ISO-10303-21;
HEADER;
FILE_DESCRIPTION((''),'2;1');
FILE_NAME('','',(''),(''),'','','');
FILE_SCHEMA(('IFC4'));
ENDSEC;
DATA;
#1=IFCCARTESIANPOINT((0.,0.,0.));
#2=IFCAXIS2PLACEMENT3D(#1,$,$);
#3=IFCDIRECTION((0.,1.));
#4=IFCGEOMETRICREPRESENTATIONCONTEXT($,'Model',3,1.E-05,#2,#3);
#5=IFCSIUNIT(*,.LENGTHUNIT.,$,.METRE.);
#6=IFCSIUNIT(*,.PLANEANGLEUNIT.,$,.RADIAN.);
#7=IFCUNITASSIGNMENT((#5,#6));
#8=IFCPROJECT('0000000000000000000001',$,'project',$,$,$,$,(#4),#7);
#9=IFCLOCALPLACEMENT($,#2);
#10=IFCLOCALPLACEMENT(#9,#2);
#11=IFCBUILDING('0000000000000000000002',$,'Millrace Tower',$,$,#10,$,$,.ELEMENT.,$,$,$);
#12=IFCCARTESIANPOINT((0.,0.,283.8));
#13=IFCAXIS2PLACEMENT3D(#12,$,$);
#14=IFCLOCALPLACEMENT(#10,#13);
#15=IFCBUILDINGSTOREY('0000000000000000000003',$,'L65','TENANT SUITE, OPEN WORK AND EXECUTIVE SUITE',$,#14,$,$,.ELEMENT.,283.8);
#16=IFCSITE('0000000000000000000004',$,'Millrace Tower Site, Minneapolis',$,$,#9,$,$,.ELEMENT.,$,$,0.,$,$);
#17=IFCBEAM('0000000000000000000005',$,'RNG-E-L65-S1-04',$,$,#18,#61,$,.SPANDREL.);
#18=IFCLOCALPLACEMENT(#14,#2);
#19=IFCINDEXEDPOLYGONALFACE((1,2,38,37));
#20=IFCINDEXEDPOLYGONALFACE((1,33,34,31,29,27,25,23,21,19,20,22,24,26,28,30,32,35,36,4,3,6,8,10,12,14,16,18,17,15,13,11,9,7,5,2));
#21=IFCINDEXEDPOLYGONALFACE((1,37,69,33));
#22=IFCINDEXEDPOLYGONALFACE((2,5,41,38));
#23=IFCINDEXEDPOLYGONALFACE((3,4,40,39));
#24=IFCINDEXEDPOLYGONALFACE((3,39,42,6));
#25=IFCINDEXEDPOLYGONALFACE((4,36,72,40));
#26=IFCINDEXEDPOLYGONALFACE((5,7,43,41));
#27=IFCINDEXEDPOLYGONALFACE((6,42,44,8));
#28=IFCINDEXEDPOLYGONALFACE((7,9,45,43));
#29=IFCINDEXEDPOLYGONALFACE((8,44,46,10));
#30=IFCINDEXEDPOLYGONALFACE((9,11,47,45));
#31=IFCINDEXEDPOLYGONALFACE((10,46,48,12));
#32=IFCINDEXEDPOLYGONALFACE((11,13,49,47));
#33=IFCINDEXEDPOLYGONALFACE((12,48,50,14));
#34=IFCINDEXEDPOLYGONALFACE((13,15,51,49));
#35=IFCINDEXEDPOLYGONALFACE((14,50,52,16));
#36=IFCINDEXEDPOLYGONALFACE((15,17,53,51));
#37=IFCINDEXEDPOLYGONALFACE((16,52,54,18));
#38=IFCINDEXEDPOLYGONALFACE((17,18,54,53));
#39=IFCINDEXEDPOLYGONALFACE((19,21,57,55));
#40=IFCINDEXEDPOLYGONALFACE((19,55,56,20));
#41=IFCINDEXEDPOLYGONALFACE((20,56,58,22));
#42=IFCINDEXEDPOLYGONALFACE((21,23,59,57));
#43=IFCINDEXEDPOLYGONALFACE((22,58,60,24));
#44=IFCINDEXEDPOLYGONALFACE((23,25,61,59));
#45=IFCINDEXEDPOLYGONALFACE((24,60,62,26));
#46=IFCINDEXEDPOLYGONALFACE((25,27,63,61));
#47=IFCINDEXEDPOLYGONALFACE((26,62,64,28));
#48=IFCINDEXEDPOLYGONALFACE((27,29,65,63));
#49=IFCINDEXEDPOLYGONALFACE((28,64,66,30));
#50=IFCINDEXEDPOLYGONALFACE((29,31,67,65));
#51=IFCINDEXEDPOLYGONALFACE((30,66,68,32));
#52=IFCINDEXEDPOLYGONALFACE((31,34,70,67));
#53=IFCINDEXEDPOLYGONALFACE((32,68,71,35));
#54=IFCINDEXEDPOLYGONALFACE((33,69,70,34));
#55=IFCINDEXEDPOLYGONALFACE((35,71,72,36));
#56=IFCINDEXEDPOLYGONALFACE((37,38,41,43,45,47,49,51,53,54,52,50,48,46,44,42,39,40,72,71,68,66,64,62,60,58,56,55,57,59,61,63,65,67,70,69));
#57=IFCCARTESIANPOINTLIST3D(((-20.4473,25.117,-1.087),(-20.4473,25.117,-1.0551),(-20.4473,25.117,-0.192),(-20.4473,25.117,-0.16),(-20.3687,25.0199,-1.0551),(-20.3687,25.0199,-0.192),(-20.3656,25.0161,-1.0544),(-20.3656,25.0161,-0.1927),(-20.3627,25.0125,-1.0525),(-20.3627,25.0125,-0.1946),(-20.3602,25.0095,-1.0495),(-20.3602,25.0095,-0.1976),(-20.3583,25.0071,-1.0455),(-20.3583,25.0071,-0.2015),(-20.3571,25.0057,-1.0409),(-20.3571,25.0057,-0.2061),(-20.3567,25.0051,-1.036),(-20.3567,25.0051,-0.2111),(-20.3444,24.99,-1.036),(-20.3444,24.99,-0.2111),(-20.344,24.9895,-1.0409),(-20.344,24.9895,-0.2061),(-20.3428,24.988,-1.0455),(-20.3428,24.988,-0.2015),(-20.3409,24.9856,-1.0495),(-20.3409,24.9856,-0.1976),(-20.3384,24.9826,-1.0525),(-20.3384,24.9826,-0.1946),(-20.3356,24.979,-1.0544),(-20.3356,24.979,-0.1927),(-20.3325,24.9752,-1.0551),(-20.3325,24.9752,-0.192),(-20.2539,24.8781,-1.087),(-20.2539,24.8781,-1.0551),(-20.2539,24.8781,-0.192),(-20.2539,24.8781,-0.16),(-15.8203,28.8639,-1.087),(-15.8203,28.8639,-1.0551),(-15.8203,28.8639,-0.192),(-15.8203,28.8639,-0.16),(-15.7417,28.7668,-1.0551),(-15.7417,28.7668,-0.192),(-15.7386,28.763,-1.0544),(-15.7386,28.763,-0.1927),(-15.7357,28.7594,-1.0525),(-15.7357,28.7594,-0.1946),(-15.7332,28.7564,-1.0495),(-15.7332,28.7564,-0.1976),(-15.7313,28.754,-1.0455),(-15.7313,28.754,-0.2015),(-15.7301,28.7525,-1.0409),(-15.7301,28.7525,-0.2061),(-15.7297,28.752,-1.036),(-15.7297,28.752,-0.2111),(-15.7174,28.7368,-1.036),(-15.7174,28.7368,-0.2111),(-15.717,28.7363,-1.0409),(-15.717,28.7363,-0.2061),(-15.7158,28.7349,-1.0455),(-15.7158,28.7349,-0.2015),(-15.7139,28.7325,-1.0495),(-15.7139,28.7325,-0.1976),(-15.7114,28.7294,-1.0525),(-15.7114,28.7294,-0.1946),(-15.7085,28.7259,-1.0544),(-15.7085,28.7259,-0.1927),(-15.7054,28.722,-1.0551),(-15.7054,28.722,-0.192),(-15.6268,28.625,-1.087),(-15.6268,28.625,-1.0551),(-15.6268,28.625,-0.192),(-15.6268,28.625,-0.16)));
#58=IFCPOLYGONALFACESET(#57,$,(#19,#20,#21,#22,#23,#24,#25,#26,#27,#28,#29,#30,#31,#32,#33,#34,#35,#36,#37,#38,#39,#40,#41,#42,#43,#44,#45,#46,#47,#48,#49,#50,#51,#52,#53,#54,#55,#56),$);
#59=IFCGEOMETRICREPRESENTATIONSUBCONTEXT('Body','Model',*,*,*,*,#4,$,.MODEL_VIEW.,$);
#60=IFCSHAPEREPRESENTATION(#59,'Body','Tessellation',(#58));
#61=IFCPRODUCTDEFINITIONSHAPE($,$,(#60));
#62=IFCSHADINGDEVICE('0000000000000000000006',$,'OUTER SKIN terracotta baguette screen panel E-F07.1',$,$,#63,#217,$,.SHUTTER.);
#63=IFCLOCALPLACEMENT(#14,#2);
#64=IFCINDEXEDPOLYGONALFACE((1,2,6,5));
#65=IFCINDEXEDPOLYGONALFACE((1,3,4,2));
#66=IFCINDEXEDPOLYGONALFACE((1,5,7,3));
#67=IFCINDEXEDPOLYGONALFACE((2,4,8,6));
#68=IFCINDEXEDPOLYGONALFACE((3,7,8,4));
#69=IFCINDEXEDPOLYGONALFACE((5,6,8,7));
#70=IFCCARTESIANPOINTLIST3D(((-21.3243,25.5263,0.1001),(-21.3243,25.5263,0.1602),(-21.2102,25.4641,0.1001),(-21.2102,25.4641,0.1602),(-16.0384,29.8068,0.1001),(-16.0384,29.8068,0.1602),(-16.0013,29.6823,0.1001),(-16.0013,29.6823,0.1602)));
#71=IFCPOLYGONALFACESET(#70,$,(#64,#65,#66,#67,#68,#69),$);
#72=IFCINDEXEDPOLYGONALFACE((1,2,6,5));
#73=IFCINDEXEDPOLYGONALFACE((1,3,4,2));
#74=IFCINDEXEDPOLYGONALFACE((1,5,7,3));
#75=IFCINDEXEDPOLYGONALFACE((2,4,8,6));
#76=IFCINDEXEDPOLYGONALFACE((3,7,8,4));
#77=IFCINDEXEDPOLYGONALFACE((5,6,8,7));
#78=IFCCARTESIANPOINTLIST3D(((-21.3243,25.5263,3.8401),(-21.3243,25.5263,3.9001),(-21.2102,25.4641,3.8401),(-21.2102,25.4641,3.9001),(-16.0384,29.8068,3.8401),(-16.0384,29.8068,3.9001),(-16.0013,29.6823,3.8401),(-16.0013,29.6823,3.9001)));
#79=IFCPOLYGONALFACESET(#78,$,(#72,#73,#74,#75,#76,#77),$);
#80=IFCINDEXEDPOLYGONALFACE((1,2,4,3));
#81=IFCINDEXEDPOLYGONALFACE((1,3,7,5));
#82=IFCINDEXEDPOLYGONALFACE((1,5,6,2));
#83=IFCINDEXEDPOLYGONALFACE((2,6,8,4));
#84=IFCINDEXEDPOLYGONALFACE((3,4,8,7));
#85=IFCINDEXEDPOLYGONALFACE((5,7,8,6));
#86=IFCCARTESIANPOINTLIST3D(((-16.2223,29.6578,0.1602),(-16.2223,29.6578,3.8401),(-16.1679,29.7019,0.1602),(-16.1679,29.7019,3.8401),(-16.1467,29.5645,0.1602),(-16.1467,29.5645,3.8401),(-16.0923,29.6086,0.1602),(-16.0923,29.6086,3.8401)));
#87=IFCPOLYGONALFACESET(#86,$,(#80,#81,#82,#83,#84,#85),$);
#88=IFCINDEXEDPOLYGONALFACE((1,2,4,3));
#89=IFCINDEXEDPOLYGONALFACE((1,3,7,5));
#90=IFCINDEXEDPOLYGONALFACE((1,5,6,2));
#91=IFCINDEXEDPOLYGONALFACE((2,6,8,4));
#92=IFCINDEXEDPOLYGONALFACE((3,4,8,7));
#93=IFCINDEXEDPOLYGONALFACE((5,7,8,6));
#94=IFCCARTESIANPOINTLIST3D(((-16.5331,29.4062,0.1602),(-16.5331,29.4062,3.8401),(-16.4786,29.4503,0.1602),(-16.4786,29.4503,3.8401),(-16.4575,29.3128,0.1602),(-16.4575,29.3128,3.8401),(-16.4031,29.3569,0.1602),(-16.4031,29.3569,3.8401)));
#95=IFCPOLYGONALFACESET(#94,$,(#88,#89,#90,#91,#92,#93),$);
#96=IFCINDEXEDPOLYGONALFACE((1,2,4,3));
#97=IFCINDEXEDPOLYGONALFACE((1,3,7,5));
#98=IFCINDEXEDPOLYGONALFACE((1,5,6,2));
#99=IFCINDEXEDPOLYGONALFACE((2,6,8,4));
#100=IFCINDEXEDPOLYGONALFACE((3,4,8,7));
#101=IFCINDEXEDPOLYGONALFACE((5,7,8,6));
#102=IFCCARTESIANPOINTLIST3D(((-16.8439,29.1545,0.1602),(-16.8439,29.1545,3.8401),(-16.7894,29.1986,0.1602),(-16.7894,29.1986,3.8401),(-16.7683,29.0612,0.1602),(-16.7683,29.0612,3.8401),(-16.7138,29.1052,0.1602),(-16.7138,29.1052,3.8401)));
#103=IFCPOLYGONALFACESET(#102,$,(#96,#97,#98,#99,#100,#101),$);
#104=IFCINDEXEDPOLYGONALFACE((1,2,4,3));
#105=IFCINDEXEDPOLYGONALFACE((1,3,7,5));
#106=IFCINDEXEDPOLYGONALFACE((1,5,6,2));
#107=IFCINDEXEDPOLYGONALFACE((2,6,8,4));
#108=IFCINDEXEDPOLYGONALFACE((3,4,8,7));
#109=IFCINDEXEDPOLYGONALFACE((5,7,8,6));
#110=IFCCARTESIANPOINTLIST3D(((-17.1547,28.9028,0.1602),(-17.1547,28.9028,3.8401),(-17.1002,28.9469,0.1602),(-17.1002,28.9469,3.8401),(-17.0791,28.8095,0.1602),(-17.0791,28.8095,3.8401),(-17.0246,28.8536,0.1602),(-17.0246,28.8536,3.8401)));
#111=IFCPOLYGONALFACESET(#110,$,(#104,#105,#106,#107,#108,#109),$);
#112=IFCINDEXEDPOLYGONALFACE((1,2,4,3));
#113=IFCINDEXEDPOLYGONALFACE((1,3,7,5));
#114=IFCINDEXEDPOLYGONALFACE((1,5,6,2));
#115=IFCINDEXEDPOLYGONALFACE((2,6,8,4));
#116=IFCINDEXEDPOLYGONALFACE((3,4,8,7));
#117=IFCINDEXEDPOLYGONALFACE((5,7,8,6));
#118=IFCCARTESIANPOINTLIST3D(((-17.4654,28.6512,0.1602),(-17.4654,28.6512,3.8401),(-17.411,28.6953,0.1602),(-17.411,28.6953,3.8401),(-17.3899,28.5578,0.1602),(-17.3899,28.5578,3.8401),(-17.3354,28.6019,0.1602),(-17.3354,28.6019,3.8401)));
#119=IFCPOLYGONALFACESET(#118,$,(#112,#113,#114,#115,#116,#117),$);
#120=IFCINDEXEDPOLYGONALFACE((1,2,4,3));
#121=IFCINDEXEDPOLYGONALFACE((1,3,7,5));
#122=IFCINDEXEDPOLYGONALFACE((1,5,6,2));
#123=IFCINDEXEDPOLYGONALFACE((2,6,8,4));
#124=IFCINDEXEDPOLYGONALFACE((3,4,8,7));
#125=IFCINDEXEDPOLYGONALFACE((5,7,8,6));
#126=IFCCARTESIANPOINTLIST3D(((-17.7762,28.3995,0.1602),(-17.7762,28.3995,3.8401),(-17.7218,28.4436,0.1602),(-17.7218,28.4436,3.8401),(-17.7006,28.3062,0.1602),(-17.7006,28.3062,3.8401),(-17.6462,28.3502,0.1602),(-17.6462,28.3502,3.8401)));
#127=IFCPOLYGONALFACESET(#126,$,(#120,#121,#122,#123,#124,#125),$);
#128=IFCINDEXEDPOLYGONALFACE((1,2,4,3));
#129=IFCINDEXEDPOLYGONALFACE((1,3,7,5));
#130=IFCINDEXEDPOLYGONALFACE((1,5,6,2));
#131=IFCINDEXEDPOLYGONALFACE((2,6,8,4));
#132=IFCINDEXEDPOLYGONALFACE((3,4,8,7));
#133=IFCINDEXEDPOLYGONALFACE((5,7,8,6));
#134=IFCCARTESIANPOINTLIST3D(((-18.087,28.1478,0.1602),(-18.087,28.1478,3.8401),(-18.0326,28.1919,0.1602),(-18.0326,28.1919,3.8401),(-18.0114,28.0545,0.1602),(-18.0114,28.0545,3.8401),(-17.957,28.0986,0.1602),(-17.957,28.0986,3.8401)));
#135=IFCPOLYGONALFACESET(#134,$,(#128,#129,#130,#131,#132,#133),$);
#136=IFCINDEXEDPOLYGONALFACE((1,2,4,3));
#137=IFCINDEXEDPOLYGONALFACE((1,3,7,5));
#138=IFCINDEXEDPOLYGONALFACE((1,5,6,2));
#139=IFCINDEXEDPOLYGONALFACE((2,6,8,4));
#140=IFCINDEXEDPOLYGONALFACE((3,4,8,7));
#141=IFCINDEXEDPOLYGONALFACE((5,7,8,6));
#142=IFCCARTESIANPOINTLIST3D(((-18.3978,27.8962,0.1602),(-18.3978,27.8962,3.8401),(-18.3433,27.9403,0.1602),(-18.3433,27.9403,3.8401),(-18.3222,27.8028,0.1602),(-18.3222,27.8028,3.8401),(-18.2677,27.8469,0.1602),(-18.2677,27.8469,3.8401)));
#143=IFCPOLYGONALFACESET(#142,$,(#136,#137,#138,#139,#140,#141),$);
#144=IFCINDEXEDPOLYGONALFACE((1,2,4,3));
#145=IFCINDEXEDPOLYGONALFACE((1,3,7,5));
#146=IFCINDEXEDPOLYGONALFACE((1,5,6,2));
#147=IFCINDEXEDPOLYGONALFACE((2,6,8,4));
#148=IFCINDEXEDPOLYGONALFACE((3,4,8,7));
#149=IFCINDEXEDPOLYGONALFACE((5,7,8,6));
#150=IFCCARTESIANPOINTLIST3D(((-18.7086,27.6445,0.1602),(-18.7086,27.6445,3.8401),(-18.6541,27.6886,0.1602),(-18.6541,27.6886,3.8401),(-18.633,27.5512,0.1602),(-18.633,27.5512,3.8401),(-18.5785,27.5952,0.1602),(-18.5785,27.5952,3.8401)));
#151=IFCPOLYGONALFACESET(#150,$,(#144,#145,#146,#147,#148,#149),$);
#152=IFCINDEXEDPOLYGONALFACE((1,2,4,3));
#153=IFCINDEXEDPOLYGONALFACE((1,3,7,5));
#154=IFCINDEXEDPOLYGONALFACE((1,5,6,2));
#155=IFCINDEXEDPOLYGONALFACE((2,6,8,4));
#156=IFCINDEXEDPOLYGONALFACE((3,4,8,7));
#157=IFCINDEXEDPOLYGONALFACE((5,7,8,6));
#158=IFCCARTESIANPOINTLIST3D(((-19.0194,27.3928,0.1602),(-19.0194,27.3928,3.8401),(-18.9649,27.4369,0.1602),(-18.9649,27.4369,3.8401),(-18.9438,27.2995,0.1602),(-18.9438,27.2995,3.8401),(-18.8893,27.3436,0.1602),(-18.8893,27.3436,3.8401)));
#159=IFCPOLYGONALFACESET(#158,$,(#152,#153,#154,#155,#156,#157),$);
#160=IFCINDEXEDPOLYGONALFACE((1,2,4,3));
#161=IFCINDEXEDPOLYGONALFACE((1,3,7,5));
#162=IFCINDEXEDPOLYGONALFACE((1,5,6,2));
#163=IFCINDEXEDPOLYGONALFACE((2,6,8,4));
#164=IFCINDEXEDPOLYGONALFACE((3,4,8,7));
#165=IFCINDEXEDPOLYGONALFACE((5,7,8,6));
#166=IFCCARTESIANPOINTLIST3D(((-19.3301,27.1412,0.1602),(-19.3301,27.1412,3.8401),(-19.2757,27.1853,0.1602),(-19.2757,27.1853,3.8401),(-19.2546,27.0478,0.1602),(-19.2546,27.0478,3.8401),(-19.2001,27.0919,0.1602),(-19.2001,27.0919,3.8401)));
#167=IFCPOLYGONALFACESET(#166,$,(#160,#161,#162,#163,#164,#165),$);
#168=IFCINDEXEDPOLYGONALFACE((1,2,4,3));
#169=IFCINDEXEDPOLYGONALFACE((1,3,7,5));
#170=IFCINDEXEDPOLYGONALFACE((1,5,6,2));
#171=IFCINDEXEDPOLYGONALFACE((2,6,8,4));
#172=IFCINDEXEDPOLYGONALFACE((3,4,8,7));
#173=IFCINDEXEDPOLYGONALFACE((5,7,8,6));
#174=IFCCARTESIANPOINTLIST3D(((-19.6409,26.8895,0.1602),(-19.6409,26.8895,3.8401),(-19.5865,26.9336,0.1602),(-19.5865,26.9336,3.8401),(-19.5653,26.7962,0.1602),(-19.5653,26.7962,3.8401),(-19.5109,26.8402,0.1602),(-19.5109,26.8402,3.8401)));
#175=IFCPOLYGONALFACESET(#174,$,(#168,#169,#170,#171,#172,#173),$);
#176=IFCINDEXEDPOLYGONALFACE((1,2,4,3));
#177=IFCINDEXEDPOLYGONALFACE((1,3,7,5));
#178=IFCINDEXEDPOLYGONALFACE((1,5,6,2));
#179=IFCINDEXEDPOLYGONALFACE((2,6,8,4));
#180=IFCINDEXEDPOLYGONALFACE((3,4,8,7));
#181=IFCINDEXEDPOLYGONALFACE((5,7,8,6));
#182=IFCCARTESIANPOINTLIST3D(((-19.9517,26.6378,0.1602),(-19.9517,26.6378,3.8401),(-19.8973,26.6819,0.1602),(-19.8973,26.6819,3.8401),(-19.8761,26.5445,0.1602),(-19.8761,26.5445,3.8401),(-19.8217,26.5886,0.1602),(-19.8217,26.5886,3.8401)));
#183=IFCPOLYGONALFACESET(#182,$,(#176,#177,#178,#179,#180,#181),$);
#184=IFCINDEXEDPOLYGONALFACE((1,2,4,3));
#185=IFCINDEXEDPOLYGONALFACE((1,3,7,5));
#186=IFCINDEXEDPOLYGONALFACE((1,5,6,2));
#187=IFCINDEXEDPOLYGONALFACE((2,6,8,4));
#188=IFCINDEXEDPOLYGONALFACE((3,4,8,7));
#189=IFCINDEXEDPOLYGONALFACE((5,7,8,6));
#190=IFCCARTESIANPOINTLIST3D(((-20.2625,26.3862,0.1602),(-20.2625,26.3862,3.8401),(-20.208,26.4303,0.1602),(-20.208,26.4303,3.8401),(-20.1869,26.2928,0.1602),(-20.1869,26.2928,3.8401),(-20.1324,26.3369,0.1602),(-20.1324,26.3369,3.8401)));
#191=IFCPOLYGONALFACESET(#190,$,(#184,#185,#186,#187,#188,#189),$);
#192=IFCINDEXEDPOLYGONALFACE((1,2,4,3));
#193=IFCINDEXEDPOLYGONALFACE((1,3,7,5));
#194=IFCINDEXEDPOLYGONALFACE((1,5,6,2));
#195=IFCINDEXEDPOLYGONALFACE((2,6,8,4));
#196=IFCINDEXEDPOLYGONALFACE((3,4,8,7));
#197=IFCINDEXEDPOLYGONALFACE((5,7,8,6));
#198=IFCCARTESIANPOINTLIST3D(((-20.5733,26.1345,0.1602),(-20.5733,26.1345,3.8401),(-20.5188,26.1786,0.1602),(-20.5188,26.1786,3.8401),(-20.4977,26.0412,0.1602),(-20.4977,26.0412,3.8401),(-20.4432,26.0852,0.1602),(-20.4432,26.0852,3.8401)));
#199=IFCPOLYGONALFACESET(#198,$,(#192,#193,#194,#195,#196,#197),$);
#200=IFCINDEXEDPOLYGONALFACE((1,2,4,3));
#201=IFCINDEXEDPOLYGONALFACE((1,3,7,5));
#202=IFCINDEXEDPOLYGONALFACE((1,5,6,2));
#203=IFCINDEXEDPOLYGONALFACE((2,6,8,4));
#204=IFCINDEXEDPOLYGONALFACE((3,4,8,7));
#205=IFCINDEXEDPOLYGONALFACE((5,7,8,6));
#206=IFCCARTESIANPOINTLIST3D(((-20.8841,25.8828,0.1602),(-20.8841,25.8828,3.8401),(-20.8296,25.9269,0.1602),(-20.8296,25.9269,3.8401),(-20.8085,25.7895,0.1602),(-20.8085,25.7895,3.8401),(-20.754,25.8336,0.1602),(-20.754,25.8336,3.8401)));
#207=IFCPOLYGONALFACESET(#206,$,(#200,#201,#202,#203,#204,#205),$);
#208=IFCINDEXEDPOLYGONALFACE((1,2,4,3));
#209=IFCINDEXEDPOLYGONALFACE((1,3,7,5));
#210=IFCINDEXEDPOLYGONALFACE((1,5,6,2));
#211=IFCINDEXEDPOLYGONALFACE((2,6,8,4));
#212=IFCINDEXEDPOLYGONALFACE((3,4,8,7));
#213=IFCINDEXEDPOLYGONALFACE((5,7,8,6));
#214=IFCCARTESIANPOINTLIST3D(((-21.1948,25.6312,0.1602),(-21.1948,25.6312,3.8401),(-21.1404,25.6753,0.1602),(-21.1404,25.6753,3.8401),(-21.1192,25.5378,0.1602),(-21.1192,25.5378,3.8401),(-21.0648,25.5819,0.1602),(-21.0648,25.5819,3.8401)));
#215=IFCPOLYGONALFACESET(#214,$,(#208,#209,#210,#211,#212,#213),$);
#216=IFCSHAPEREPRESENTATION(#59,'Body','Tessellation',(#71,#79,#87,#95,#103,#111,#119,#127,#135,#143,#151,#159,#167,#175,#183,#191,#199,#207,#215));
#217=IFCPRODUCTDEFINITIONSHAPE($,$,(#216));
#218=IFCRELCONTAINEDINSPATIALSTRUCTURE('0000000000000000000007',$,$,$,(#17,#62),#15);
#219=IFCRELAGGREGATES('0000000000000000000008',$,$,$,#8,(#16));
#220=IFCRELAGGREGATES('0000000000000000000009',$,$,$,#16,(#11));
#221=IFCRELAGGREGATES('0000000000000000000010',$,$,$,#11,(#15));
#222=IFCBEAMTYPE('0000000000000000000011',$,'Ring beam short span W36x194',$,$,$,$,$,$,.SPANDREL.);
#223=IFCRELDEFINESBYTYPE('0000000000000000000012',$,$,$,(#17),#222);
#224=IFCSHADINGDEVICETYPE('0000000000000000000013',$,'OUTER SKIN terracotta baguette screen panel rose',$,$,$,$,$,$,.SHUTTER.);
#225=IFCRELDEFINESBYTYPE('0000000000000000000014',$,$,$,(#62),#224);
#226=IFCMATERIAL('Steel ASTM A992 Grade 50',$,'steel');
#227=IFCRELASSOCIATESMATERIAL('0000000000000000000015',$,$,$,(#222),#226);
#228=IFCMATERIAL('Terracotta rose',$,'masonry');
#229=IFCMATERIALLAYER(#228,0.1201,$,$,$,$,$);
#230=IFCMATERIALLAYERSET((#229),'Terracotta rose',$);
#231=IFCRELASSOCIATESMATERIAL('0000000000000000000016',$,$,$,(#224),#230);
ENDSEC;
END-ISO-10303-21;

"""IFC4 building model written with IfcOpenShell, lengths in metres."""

from ifc_helpers import new_model, entity, si_unit, direction, frame, frame_2d, origin, origin_2d, place, context, subcontext, project, spatial, rectangle, i_section, extrude, source, transform, mapped, material, layer, layer_set, material_profile, profile_set, type_object, element, save


model = new_model("IFC4")

# Units and contexts
model_context = context("Model", 3, precision=1e-05, world=origin(), true_north=direction((0.0, 1.0)))
body_context = subcontext(model_context, "Body", "Model", "MODEL_VIEW")
ifc_project = project(units=[si_unit("LENGTHUNIT", "METRE"), si_unit("PLANEANGLEUNIT", "RADIAN")], contexts=[model_context])

# Site, building, storey
site_placement = place(None, origin())
site = spatial("IfcSite", under=ifc_project, at=site_placement, Name="Millrace Tower Site, Minneapolis", CompositionType="ELEMENT", RefElevation=0.0)
building_placement = place(site_placement, origin())
building = spatial("IfcBuilding", under=site, at=building_placement, Name="Millrace Tower", CompositionType="ELEMENT")
storey_placement = place(building_placement, frame((0.0, 0.0, 283.8)))
storey = spatial("IfcBuildingStorey", under=building, at=storey_placement, Name="L65", Description="TENANT SUITE, OPEN WORK AND EXECUTIVE SUITE", CompositionType="ELEMENT", Elevation=283.8)

# Beam
ifc_material_1 = material(Name="Steel ASTM A992 Grade 50", Category="steel")
ifc_material_profile_1 = material_profile(ifc_material_1, i_section(OverallWidth=0.3074, OverallDepth=0.927, WebThickness=0.0195, FlangeThickness=0.032, FilletRadius=0.019, at=origin_2d()))
ifc_profile_set_1 = profile_set([ifc_material_profile_1], Name="Steel ASTM A992 Grade 50")
beam_type_1 = type_object("IfcBeamType", Name="Ring beam short span W36x194", PredefinedType="SPANDREL", material=ifc_profile_set_1)
beam_1_placement = place(storey_placement, frame((-20.3506, 24.9976, -0.6235), z_axis=(0.777147, 0.62932, 0.0), x_axis=(-0.62932, 0.777147, 0.0)))
element("IfcBeam", 1, at=beam_1_placement, inside=storey, type_object=beam_type_1, Name="RNG-E-L65-S1-04", PredefinedType="SPANDREL", context=body_context, shape_type="SweptSolid", body=[
    extrude(i_section(OverallWidth=0.3074, OverallDepth=0.927, WebThickness=0.0195, FlangeThickness=0.032, FilletRadius=0.019, at=origin_2d()), origin(), (0.0, 0.0, 1.0), 5.9539),
])

# Shading device
ifc_material_2 = material(Name="Terracotta rose", Category="masonry")
ifc_layer_1 = layer(ifc_material_2, 0.1201)
ifc_layer_set_1 = layer_set([ifc_layer_1], Name="Terracotta rose")
shading_device_type = type_object("IfcShadingDeviceType", Name="OUTER SKIN terracotta baguette screen panel rose", PredefinedType="SHUTTER", material=ifc_layer_set_1)
cartesian_point_1 = entity("IfcCartesianPoint", [-3.3513, 0.0601])
shared_polyline_1 = entity("IfcPolyline", [cartesian_point_1, entity("IfcCartesianPoint", [3.3513, 0.0601]), entity("IfcCartesianPoint", [3.4009, -0.0601]), entity("IfcCartesianPoint", [-3.4009, -0.0601]), cartesian_point_1])
shared_shape_1 = source(origin(), body_context, "Body", "SweptSolid", [
    entity("IfcExtrudedAreaSolid", entity("IfcArbitraryClosedProfileDef", "AREA", None, shared_polyline_1), entity("IfcAxis2Placement3D", entity("IfcCartesianPoint", [0.0, 0.0, 0.0])), entity("IfcDirection", [0.0, 0.0, 1.0]), 0.0601),
    entity("IfcExtrudedAreaSolid", entity("IfcArbitraryClosedProfileDef", "AREA", None, shared_polyline_1), entity("IfcAxis2Placement3D", entity("IfcCartesianPoint", [0.0, 0.0, 3.74])), entity("IfcDirection", [0.0, 0.0, 1.0]), 0.0601),
    extrude(rectangle(XDim=0.0701, YDim=0.1201, at=frame_2d((-3.1992, 0.0))), frame((0.0, 0.0, 0.0601)), (0.0, 0.0, 1.0), 3.6799),
    extrude(rectangle(XDim=0.0701, YDim=0.1201, at=frame_2d((-2.7993, 0.0))), frame((0.0, 0.0, 0.0601)), (0.0, 0.0, 1.0), 3.6799),
    extrude(rectangle(XDim=0.0701, YDim=0.1201, at=frame_2d((-2.3994, 0.0))), frame((0.0, 0.0, 0.0601)), (0.0, 0.0, 1.0), 3.6799),
    extrude(rectangle(XDim=0.0701, YDim=0.1201, at=frame_2d((-1.9995, 0.0))), frame((0.0, 0.0, 0.0601)), (0.0, 0.0, 1.0), 3.6799),
    extrude(rectangle(XDim=0.0701, YDim=0.1201, at=frame_2d((-1.5996, 0.0))), frame((0.0, 0.0, 0.0601)), (0.0, 0.0, 1.0), 3.6799),
    extrude(rectangle(XDim=0.0701, YDim=0.1201, at=frame_2d((-1.1997, 0.0))), frame((0.0, 0.0, 0.0601)), (0.0, 0.0, 1.0), 3.6799),
    extrude(rectangle(XDim=0.0701, YDim=0.1201, at=frame_2d((-0.7998, 0.0))), frame((0.0, 0.0, 0.0601)), (0.0, 0.0, 1.0), 3.6799),
    extrude(rectangle(XDim=0.0701, YDim=0.1201, at=frame_2d((-0.3999, 0.0))), frame((0.0, 0.0, 0.0601)), (0.0, 0.0, 1.0), 3.6799),
    extrude(rectangle(XDim=0.0701, YDim=0.1201, at=origin_2d()), frame((0.0, 0.0, 0.0601)), (0.0, 0.0, 1.0), 3.6799),
    extrude(rectangle(XDim=0.0701, YDim=0.1201, at=frame_2d((0.3999, 0.0))), frame((0.0, 0.0, 0.0601)), (0.0, 0.0, 1.0), 3.6799),
    extrude(rectangle(XDim=0.0701, YDim=0.1201, at=frame_2d((0.7998, 0.0))), frame((0.0, 0.0, 0.0601)), (0.0, 0.0, 1.0), 3.6799),
    extrude(rectangle(XDim=0.0701, YDim=0.1201, at=frame_2d((1.1997, 0.0))), frame((0.0, 0.0, 0.0601)), (0.0, 0.0, 1.0), 3.6799),
    extrude(rectangle(XDim=0.0701, YDim=0.1201, at=frame_2d((1.5996, 0.0))), frame((0.0, 0.0, 0.0601)), (0.0, 0.0, 1.0), 3.6799),
    extrude(rectangle(XDim=0.0701, YDim=0.1201, at=frame_2d((1.9995, 0.0))), frame((0.0, 0.0, 0.0601)), (0.0, 0.0, 1.0), 3.6799),
    extrude(rectangle(XDim=0.0701, YDim=0.1201, at=frame_2d((2.3994, 0.0))), frame((0.0, 0.0, 0.0601)), (0.0, 0.0, 1.0), 3.6799),
    extrude(rectangle(XDim=0.0701, YDim=0.1201, at=frame_2d((2.7993, 0.0))), frame((0.0, 0.0, 0.0601)), (0.0, 0.0, 1.0), 3.6799),
    extrude(rectangle(XDim=0.0701, YDim=0.1201, at=frame_2d((3.1992, 0.0))), frame((0.0, 0.0, 0.0601)), (0.0, 0.0, 1.0), 3.6799),
])
shading_device_1_placement = place(storey_placement, frame((-18.6436, 27.6199, 0.1001), z_axis=(0.0, 0.0, 1.0), x_axis=(-0.777146, -0.62932, 0.0)))
element("IfcShadingDevice", 2, at=shading_device_1_placement, inside=storey, type_object=shading_device_type, Name="OUTER SKIN terracotta baguette screen panel E-F07.1", PredefinedType="SHUTTER", context=body_context, shape_type="MappedRepresentation", body=[
    mapped(shared_shape_1, transform((0.0, 0.0, 0.0), scale=1.0)),
])

save(model, "model.ifc")
